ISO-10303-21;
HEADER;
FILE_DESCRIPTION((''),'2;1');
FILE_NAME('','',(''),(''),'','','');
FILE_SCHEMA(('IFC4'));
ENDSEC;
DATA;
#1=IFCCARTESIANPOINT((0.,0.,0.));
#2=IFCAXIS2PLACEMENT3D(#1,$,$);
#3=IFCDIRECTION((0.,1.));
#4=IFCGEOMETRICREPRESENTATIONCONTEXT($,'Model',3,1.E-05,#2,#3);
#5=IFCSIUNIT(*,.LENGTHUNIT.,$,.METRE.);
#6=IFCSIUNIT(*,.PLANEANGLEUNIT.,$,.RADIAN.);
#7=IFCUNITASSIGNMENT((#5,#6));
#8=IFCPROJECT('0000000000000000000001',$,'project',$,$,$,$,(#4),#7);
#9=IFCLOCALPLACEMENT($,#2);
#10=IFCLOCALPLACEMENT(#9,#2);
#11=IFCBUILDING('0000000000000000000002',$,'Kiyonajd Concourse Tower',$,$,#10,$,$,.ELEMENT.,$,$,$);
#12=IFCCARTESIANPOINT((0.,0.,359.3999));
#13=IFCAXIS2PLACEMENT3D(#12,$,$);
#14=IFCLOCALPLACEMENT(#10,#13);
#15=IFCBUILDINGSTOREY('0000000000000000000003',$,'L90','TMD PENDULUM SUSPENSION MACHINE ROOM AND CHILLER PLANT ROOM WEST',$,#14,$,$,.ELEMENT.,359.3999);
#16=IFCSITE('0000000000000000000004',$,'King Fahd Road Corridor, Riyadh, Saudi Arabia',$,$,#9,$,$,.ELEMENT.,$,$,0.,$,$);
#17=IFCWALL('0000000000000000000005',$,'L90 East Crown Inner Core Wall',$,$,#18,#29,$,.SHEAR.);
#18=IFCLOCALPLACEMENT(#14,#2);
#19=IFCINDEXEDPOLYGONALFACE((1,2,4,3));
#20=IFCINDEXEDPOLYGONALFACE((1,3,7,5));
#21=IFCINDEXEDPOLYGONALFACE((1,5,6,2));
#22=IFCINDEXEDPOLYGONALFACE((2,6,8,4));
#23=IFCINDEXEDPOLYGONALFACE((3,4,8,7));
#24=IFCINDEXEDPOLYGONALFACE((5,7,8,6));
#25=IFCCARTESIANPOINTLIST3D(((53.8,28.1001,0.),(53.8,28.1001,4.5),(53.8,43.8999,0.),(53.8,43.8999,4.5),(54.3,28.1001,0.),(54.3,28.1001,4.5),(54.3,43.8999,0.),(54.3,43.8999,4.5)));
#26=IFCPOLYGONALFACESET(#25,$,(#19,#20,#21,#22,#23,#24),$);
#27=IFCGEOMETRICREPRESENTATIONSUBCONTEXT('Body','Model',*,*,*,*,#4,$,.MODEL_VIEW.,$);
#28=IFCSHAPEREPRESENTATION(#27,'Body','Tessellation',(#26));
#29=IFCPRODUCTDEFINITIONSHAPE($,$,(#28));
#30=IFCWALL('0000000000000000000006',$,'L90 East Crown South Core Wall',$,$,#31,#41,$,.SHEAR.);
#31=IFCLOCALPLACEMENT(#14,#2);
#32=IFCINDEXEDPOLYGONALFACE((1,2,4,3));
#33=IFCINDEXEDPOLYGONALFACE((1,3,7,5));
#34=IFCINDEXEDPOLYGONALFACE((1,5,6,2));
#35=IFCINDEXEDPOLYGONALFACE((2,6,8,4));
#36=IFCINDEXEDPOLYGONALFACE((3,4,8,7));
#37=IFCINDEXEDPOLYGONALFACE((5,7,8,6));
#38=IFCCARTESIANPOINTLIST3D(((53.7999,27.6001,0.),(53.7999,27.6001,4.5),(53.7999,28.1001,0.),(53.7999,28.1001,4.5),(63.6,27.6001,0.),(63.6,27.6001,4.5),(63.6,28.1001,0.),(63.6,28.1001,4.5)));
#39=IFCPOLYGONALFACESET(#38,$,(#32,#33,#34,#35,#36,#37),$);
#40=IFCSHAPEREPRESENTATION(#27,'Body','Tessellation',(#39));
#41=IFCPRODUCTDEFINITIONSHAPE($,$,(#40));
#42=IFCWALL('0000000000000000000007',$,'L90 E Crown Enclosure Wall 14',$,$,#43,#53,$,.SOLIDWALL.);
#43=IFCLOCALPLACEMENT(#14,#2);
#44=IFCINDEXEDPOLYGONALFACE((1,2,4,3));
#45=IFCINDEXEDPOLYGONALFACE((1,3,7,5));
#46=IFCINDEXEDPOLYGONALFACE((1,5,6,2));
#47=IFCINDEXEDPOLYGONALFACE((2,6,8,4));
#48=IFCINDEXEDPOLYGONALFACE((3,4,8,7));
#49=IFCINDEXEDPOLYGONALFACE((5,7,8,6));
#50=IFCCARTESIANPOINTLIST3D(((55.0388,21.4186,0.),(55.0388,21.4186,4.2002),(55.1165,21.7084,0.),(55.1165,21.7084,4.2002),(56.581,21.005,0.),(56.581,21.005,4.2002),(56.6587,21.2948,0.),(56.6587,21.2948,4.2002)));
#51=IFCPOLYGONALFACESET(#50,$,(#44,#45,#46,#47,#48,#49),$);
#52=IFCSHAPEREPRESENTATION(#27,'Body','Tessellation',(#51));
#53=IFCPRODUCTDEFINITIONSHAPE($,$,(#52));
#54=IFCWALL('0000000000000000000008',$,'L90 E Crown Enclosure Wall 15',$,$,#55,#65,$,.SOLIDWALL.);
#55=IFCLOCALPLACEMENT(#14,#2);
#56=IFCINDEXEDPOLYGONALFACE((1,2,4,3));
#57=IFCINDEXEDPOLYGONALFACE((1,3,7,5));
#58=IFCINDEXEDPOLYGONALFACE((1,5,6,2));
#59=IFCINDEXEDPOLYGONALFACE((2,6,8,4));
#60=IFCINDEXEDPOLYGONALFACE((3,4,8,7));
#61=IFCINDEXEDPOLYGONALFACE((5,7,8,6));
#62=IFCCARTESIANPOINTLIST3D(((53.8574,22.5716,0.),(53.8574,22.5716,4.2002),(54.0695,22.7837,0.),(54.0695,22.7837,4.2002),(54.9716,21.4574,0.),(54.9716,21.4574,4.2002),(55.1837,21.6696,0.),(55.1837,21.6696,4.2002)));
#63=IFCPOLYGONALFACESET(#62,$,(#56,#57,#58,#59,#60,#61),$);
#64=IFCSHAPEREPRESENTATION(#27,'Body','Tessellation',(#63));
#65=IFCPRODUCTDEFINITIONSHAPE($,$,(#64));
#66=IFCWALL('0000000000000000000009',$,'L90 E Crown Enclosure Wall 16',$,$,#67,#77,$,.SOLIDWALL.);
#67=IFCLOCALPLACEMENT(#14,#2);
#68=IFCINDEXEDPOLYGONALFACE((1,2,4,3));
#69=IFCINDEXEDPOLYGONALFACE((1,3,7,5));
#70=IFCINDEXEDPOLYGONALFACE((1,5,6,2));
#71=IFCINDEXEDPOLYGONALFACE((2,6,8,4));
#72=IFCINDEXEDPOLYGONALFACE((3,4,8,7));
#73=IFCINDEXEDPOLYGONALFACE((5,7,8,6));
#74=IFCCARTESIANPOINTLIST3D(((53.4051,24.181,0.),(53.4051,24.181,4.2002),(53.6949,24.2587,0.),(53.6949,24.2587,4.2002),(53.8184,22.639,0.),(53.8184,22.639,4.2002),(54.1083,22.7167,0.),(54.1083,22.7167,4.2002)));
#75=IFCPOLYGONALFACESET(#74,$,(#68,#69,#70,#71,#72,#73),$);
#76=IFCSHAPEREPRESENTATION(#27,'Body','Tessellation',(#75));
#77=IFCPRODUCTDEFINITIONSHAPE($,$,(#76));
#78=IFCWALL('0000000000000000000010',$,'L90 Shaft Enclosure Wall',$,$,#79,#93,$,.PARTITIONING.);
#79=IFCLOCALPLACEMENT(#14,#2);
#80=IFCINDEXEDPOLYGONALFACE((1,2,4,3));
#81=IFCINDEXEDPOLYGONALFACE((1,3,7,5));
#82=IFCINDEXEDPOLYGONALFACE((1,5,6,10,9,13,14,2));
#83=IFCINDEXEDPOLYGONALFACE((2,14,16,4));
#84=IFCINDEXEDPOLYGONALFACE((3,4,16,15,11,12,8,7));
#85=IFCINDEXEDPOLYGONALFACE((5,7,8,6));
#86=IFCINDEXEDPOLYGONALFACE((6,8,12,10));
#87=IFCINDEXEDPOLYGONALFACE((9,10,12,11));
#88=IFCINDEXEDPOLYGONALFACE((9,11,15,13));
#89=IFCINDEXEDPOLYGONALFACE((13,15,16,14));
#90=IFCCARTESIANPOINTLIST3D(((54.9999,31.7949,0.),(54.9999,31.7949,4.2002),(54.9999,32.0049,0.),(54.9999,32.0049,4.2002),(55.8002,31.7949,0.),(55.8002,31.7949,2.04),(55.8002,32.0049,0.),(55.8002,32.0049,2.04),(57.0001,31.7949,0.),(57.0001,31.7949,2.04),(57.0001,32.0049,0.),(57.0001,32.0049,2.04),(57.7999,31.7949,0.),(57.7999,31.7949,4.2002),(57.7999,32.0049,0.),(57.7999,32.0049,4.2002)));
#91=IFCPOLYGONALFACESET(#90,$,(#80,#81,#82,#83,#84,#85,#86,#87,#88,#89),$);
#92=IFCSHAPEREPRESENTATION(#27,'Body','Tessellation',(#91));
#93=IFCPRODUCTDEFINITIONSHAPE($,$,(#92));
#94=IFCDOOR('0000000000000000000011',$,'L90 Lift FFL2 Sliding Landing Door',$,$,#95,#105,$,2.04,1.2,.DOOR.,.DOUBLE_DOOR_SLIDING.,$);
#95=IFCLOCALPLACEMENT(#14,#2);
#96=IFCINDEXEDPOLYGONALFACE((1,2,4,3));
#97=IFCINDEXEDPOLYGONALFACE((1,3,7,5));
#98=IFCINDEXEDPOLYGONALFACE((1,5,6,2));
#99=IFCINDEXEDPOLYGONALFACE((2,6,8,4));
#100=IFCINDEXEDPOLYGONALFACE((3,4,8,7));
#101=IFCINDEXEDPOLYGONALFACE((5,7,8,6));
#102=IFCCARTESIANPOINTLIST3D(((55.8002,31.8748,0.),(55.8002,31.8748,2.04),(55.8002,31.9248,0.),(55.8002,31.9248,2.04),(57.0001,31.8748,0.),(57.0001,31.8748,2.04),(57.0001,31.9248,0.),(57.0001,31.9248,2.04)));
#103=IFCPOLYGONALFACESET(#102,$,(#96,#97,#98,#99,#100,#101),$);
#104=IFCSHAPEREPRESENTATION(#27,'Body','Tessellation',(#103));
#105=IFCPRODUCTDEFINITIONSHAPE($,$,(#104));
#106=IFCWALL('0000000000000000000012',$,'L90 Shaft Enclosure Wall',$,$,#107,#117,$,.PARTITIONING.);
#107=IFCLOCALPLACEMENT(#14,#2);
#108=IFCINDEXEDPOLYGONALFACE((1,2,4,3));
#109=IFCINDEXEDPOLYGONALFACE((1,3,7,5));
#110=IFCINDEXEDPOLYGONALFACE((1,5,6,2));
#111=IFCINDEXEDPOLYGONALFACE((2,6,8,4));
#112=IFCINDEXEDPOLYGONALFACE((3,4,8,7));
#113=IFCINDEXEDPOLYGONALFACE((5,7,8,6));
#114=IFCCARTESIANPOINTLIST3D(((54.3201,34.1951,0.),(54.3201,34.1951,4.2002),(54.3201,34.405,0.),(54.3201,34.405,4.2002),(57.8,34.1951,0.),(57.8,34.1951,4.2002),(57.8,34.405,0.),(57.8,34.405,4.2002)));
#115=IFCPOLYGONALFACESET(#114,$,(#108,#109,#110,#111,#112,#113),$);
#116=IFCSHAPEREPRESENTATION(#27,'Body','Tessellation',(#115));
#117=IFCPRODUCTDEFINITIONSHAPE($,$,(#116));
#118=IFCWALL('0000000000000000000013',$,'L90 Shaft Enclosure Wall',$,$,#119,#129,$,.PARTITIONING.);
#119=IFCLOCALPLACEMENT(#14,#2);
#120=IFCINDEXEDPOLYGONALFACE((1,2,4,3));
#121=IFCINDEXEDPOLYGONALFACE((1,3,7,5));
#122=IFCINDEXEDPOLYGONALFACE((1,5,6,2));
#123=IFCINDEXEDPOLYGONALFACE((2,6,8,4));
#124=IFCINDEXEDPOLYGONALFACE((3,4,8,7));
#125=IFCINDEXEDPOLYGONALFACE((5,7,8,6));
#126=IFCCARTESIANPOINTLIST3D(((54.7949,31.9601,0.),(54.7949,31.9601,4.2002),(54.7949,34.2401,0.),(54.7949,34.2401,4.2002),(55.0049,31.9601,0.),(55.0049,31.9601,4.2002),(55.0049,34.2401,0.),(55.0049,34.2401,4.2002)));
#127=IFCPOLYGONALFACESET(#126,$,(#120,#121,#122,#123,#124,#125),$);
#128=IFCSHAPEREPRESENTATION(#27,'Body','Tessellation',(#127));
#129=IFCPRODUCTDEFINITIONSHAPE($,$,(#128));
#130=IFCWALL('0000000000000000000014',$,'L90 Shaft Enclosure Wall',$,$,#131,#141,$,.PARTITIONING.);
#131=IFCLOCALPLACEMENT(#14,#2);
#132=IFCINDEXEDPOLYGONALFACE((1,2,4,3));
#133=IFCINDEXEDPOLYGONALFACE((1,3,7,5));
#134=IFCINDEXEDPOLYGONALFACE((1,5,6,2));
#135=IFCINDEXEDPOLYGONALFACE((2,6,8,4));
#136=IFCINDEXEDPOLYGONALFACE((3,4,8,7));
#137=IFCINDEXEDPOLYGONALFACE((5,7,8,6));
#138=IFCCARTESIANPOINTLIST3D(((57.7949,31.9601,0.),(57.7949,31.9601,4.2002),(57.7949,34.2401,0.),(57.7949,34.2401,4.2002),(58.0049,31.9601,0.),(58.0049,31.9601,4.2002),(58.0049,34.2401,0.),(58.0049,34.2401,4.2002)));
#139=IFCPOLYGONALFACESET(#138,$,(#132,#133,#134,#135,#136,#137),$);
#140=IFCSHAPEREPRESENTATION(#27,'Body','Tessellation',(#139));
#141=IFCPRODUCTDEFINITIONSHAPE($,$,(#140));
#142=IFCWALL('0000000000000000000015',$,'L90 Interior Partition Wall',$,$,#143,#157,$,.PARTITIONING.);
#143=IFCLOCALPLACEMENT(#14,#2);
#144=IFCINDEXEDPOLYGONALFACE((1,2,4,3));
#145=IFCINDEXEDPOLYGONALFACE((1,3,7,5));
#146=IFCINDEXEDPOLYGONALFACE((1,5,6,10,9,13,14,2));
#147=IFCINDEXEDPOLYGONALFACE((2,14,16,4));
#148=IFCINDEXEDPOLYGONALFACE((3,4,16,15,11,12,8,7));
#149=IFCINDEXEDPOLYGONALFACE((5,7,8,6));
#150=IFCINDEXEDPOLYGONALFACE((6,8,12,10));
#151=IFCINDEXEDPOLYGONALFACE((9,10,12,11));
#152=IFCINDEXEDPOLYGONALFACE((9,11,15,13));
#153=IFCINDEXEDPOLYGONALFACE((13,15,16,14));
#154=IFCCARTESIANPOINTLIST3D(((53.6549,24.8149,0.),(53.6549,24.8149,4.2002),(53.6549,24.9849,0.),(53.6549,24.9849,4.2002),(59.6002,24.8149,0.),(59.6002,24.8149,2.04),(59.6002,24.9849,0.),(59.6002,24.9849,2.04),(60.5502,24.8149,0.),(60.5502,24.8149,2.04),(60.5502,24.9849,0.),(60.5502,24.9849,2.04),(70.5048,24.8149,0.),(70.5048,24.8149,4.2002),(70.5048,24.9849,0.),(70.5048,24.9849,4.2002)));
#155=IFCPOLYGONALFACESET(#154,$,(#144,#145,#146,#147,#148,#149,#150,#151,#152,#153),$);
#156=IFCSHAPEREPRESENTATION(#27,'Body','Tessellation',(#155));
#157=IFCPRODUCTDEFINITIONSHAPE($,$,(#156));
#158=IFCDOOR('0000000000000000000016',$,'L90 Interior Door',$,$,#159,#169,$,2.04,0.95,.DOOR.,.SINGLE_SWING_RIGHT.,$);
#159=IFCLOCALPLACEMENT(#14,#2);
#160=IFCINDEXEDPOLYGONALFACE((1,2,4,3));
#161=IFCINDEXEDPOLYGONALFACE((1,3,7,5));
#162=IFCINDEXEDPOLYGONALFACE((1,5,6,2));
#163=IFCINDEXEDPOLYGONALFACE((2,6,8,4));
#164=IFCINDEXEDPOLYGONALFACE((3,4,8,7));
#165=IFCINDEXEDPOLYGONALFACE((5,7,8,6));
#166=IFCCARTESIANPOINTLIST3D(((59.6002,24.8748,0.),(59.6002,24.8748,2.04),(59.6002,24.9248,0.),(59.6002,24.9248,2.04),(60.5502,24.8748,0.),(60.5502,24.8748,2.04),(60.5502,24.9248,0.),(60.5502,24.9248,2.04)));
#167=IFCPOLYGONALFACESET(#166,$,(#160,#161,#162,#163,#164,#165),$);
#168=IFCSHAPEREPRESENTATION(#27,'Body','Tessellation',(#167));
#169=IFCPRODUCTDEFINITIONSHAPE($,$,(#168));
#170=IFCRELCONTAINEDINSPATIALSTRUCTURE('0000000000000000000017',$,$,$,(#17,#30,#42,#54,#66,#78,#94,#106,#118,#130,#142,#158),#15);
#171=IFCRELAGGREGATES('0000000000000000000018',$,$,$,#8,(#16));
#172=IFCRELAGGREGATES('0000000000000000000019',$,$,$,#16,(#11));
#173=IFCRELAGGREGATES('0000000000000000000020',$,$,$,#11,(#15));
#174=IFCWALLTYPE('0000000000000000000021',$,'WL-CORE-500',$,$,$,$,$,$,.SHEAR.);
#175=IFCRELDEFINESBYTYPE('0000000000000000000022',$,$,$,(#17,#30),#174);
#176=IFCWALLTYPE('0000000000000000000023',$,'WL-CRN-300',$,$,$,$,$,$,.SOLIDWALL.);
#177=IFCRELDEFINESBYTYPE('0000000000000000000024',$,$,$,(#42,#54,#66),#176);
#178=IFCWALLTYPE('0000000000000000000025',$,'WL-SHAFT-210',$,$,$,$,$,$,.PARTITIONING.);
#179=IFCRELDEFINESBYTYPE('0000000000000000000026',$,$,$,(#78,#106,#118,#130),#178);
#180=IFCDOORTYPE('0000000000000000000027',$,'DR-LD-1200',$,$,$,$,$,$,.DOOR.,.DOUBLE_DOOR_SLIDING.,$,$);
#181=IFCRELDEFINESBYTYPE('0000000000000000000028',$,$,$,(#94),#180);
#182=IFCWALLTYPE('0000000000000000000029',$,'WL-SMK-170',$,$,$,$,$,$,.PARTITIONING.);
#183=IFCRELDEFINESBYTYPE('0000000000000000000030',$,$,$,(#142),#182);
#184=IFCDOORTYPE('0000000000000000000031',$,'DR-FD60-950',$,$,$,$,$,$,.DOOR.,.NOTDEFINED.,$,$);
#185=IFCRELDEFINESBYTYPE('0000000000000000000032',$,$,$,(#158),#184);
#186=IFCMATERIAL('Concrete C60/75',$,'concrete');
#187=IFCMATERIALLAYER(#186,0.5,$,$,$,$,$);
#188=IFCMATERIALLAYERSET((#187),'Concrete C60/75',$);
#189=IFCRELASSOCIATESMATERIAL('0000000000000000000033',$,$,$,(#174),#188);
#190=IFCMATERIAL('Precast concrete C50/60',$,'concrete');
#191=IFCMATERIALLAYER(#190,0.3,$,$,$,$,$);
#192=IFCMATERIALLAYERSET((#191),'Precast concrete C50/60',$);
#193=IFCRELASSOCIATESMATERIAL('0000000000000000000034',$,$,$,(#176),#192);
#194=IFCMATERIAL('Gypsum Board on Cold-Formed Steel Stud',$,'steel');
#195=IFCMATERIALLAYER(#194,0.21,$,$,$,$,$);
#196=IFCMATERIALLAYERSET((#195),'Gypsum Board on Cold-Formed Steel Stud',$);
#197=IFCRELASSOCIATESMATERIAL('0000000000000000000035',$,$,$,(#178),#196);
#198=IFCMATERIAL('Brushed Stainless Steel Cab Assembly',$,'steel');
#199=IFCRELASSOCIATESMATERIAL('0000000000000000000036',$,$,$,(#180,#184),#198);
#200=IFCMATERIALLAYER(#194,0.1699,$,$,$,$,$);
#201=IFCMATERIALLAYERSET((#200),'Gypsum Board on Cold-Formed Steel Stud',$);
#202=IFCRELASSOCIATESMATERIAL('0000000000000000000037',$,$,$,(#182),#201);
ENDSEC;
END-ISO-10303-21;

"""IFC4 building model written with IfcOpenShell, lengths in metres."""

from ifc_helpers import new_model, si_unit, direction, frame, frame_2d, origin, place, context, subcontext, project, spatial, rectangle, extrude, material, layer, layer_set, type_object, element, fill, save


model = new_model("IFC4")

# Units and contexts
model_context = context("Model", 3, precision=1e-05, world=origin(), true_north=direction((0.0, 1.0)))
body_context = subcontext(model_context, "Body", "Model", "MODEL_VIEW")
ifc_project = project(units=[si_unit("LENGTHUNIT", "METRE"), si_unit("PLANEANGLEUNIT", "RADIAN")], contexts=[model_context])

# Site, building, storey
site_placement = place(None, origin())
site = spatial("IfcSite", under=ifc_project, at=site_placement, Name="King Fahd Road Corridor, Riyadh, Saudi Arabia", CompositionType="ELEMENT", RefElevation=0.0)
building_placement = place(site_placement, origin())
building = spatial("IfcBuilding", under=site, at=building_placement, Name="Kiyonajd Concourse Tower", CompositionType="ELEMENT")
storey_placement = place(building_placement, frame((0.0, 0.0, 359.3999)))
storey = spatial("IfcBuildingStorey", under=building, at=storey_placement, Name="L90", Description="TMD PENDULUM SUSPENSION MACHINE ROOM AND CHILLER PLANT ROOM WEST", CompositionType="ELEMENT", Elevation=359.3999)

# Walls
ifc_material_1 = material(Name="Concrete C60/75", Category="concrete")
ifc_layer_1 = layer(ifc_material_1, 0.5)
ifc_layer_set_1 = layer_set([ifc_layer_1], Name="Concrete C60/75")
wall_type_1 = type_object("IfcWallType", Name="WL-CORE-500", PredefinedType="SHEAR", material=ifc_layer_set_1)
wall_1_placement = place(storey_placement, frame((54.05, 28.1001, 0.0), z_axis=(0.0, 0.0, 1.0), x_axis=(0.0, 1.0, 0.0)))
element("IfcWall", 1, at=wall_1_placement, inside=storey, type_object=wall_type_1, Name="L90 East Crown Inner Core Wall", PredefinedType="SHEAR", context=body_context, shape_type="SweptSolid", body=[
    extrude(rectangle(XDim=15.7998, YDim=0.5, at=frame_2d((7.8999, 0.0))), origin(), (0.0, 0.0, 1.0), 4.5),
])
wall_2_placement = place(storey_placement, frame((53.8, 27.8501, 0.0), z_axis=(0.0, 0.0, 1.0), x_axis=(1.0, 0.0, 0.0)))
element("IfcWall", 2, at=wall_2_placement, inside=storey, type_object=wall_type_1, Name="L90 East Crown South Core Wall", PredefinedType="SHEAR", context=body_context, shape_type="SweptSolid", body=[
    extrude(rectangle(XDim=9.8, YDim=0.5, at=frame_2d((4.8999, 0.0))), origin(), (0.0, 0.0, 1.0), 4.5),
])
ifc_material_2 = material(Name="Precast concrete C50/60", Category="concrete")
ifc_layer_2 = layer(ifc_material_2, 0.3)
ifc_layer_set_2 = layer_set([ifc_layer_2], Name="Precast concrete C50/60")
wall_type_2 = type_object("IfcWallType", Name="WL-CRN-300", PredefinedType="SOLIDWALL", material=ifc_layer_set_2)
wall_3_placement = place(storey_placement, frame((56.6199, 21.1499, 0.0), z_axis=(0.0, 0.0, 1.0), x_axis=(-0.965874, 0.259014, 0.0)))
element("IfcWall", 3, at=wall_3_placement, inside=storey, type_object=wall_type_2, Name="L90 E Crown Enclosure Wall 14", PredefinedType="SOLIDWALL", context=body_context, shape_type="SweptSolid", body=[
    extrude(rectangle(XDim=1.5967, YDim=0.3, at=frame_2d((0.7983, 0.0))), origin(), (0.0, 0.0, 1.0), 4.2002),
])
wall_4_placement = place(storey_placement, frame((55.0776, 21.5635, 0.0), z_axis=(0.0, 0.0, 1.0), x_axis=(-0.707107, 0.707107, 0.0)))
element("IfcWall", 4, at=wall_4_placement, inside=storey, type_object=wall_type_2, Name="L90 E Crown Enclosure Wall 15", PredefinedType="SOLIDWALL", context=body_context, shape_type="SweptSolid", body=[
    extrude(rectangle(XDim=1.5757, YDim=0.3, at=frame_2d((0.7878, 0.0))), origin(), (0.0, 0.0, 1.0), 4.2002),
])
wall_5_placement = place(storey_placement, frame((53.9634, 22.6777, 0.0), z_axis=(0.0, 0.0, 1.0), x_axis=(-0.258909, 0.965902, 0.0)))
element("IfcWall", 5, at=wall_5_placement, inside=storey, type_object=wall_type_2, Name="L90 E Crown Enclosure Wall 16", PredefinedType="SOLIDWALL", context=body_context, shape_type="SweptSolid", body=[
    extrude(rectangle(XDim=1.5964, YDim=0.3, at=frame_2d((0.7983, 0.0))), origin(), (0.0, 0.0, 1.0), 4.2002),
])

# Wall, opening, door
ifc_material_3 = material(Name="Gypsum Board on Cold-Formed Steel Stud", Category="steel")
ifc_layer_3 = layer(ifc_material_3, 0.21)
ifc_layer_set_3 = layer_set([ifc_layer_3], Name="Gypsum Board on Cold-Formed Steel Stud")
wall_type_3 = type_object("IfcWallType", Name="WL-SHAFT-210", PredefinedType="PARTITIONING", material=ifc_layer_set_3)
wall_6_placement = place(storey_placement, frame((55.0, 31.8999, 0.0), z_axis=(0.0, 0.0, 1.0), x_axis=(1.0, 0.0, 0.0)))
wall_6 = element("IfcWall", 6, at=wall_6_placement, inside=storey, type_object=wall_type_3, Name="L90 Shaft Enclosure Wall", PredefinedType="PARTITIONING", context=body_context, shape_type="SweptSolid", body=[
    extrude(rectangle(XDim=2.8, YDim=0.21, at=frame_2d((1.3999, 0.0))), origin(), (0.0, 0.0, 1.0), 4.2002),
])
opening_1_placement = place(wall_6_placement, frame((0.8, 0.0, 0.0)))
opening_1 = element("IfcOpeningElement", 7, at=opening_1_placement, cuts=wall_6, PredefinedType="OPENING", context=body_context, shape_type="SweptSolid", body=[
    extrude(rectangle(XDim=1.2, YDim=2.04, at=frame_2d((0.6001, 1.02))), frame((0.0, 0.115, 0.0), z_axis=(0.0, -1.0, 0.0), x_axis=(1.0, 0.0, 0.0)), (0.0, 0.0, 1.0), 0.23),
])
ifc_material_4 = material(Name="Brushed Stainless Steel Cab Assembly", Category="steel")
door_type_1 = type_object("IfcDoorType", Name="DR-LD-1200", OperationType="DOUBLE_DOOR_SLIDING", PredefinedType="DOOR", material=ifc_material_4)
door_1_placement = place(opening_1_placement, origin())
door_1 = element("IfcDoor", 8, at=door_1_placement, inside=storey, type_object=door_type_1, Name="L90 Lift FFL2 Sliding Landing Door", OperationType="DOUBLE_DOOR_SLIDING", OverallHeight=2.04, OverallWidth=1.2, PredefinedType="DOOR", context=body_context, shape_type="SweptSolid", body=[
    extrude(rectangle(XDim=1.2, YDim=2.04, at=frame_2d((0.6001, 1.02))), frame((0.0, 0.0249, 0.0), z_axis=(0.0, -1.0, 0.0), x_axis=(1.0, 0.0, 0.0)), (0.0, 0.0, 1.0), 0.05),
])
fill(opening_1, door_1)

# Walls
wall_7_placement = place(storey_placement, frame((54.3201, 34.3, 0.0), z_axis=(0.0, 0.0, 1.0), x_axis=(1.0, 0.0, 0.0)))
element("IfcWall", 9, at=wall_7_placement, inside=storey, type_object=wall_type_3, Name="L90 Shaft Enclosure Wall", PredefinedType="PARTITIONING", context=body_context, shape_type="SweptSolid", body=[
    extrude(rectangle(XDim=3.48, YDim=0.21, at=frame_2d((1.74, 0.0))), origin(), (0.0, 0.0, 1.0), 4.2002),
])
for number, where, z_axis, x_axis, name in (
    (10, (54.8999, 31.96, 0.0), (0.0, 0.0, 1.0), (0.0, 1.0, 0.0), "L90 Shaft Enclosure Wall"),
    (11, (57.8999, 31.96, 0.0), (0.0, 0.0, 1.0), (0.0, 1.0, 0.0), "L90 Shaft Enclosure Wall"),
):
    element("IfcWall", number, at=place(storey_placement, frame(where, z_axis=z_axis, x_axis=x_axis)), inside=storey, type_object=wall_type_3, Name=name, PredefinedType="PARTITIONING", context=body_context, shape_type="SweptSolid", body=[
        extrude(rectangle(XDim=2.28, YDim=0.21, at=frame_2d((1.1401, 0.0))), origin(), (0.0, 0.0, 1.0), 4.2002),
    ])

# Wall, opening, door
ifc_layer_4 = layer(ifc_material_3, 0.1699)
ifc_layer_set_4 = layer_set([ifc_layer_4], Name="Gypsum Board on Cold-Formed Steel Stud")
wall_type_4 = type_object("IfcWallType", Name="WL-SMK-170", PredefinedType="PARTITIONING", material=ifc_layer_set_4)
wall_8_placement = place(storey_placement, frame((53.655, 24.8999, 0.0), z_axis=(0.0, 0.0, 1.0), x_axis=(1.0, 0.0, 0.0)))
wall_8 = element("IfcWall", 12, at=wall_8_placement, inside=storey, type_object=wall_type_4, Name="L90 Interior Partition Wall", PredefinedType="PARTITIONING", context=body_context, shape_type="SweptSolid", body=[
    extrude(rectangle(XDim=16.8499, YDim=0.1699, at=frame_2d((8.4248, 0.0))), origin(), (0.0, 0.0, 1.0), 4.2002),
])
opening_2_placement = place(wall_8_placement, frame((5.9451, 0.0, 0.0)))
opening_2 = element("IfcOpeningElement", 13, at=opening_2_placement, cuts=wall_8, PredefinedType="OPENING", context=body_context, shape_type="SweptSolid", body=[
    extrude(rectangle(XDim=0.95, YDim=2.04, at=frame_2d((0.4751, 1.02))), frame((0.0, 0.095, 0.0), z_axis=(0.0, -1.0, 0.0), x_axis=(1.0, 0.0, 0.0)), (0.0, 0.0, 1.0), 0.1899),
])
door_type_2 = type_object("IfcDoorType", Name="DR-FD60-950", OperationType="NOTDEFINED", PredefinedType="DOOR", material=ifc_material_4)
door_2_placement = place(opening_2_placement, origin())
door_2 = element("IfcDoor", 14, at=door_2_placement, inside=storey, type_object=door_type_2, Name="L90 Interior Door", OperationType="SINGLE_SWING_RIGHT", OverallHeight=2.04, OverallWidth=0.95, PredefinedType="DOOR", context=body_context, shape_type="SweptSolid", body=[
    extrude(rectangle(XDim=0.95, YDim=2.04, at=frame_2d((0.4751, 1.02))), frame((0.0, 0.0249, 0.0), z_axis=(0.0, -1.0, 0.0), x_axis=(1.0, 0.0, 0.0)), (0.0, 0.0, 1.0), 0.05),
])
fill(opening_2, door_2)

save(model, "model.ifc")
